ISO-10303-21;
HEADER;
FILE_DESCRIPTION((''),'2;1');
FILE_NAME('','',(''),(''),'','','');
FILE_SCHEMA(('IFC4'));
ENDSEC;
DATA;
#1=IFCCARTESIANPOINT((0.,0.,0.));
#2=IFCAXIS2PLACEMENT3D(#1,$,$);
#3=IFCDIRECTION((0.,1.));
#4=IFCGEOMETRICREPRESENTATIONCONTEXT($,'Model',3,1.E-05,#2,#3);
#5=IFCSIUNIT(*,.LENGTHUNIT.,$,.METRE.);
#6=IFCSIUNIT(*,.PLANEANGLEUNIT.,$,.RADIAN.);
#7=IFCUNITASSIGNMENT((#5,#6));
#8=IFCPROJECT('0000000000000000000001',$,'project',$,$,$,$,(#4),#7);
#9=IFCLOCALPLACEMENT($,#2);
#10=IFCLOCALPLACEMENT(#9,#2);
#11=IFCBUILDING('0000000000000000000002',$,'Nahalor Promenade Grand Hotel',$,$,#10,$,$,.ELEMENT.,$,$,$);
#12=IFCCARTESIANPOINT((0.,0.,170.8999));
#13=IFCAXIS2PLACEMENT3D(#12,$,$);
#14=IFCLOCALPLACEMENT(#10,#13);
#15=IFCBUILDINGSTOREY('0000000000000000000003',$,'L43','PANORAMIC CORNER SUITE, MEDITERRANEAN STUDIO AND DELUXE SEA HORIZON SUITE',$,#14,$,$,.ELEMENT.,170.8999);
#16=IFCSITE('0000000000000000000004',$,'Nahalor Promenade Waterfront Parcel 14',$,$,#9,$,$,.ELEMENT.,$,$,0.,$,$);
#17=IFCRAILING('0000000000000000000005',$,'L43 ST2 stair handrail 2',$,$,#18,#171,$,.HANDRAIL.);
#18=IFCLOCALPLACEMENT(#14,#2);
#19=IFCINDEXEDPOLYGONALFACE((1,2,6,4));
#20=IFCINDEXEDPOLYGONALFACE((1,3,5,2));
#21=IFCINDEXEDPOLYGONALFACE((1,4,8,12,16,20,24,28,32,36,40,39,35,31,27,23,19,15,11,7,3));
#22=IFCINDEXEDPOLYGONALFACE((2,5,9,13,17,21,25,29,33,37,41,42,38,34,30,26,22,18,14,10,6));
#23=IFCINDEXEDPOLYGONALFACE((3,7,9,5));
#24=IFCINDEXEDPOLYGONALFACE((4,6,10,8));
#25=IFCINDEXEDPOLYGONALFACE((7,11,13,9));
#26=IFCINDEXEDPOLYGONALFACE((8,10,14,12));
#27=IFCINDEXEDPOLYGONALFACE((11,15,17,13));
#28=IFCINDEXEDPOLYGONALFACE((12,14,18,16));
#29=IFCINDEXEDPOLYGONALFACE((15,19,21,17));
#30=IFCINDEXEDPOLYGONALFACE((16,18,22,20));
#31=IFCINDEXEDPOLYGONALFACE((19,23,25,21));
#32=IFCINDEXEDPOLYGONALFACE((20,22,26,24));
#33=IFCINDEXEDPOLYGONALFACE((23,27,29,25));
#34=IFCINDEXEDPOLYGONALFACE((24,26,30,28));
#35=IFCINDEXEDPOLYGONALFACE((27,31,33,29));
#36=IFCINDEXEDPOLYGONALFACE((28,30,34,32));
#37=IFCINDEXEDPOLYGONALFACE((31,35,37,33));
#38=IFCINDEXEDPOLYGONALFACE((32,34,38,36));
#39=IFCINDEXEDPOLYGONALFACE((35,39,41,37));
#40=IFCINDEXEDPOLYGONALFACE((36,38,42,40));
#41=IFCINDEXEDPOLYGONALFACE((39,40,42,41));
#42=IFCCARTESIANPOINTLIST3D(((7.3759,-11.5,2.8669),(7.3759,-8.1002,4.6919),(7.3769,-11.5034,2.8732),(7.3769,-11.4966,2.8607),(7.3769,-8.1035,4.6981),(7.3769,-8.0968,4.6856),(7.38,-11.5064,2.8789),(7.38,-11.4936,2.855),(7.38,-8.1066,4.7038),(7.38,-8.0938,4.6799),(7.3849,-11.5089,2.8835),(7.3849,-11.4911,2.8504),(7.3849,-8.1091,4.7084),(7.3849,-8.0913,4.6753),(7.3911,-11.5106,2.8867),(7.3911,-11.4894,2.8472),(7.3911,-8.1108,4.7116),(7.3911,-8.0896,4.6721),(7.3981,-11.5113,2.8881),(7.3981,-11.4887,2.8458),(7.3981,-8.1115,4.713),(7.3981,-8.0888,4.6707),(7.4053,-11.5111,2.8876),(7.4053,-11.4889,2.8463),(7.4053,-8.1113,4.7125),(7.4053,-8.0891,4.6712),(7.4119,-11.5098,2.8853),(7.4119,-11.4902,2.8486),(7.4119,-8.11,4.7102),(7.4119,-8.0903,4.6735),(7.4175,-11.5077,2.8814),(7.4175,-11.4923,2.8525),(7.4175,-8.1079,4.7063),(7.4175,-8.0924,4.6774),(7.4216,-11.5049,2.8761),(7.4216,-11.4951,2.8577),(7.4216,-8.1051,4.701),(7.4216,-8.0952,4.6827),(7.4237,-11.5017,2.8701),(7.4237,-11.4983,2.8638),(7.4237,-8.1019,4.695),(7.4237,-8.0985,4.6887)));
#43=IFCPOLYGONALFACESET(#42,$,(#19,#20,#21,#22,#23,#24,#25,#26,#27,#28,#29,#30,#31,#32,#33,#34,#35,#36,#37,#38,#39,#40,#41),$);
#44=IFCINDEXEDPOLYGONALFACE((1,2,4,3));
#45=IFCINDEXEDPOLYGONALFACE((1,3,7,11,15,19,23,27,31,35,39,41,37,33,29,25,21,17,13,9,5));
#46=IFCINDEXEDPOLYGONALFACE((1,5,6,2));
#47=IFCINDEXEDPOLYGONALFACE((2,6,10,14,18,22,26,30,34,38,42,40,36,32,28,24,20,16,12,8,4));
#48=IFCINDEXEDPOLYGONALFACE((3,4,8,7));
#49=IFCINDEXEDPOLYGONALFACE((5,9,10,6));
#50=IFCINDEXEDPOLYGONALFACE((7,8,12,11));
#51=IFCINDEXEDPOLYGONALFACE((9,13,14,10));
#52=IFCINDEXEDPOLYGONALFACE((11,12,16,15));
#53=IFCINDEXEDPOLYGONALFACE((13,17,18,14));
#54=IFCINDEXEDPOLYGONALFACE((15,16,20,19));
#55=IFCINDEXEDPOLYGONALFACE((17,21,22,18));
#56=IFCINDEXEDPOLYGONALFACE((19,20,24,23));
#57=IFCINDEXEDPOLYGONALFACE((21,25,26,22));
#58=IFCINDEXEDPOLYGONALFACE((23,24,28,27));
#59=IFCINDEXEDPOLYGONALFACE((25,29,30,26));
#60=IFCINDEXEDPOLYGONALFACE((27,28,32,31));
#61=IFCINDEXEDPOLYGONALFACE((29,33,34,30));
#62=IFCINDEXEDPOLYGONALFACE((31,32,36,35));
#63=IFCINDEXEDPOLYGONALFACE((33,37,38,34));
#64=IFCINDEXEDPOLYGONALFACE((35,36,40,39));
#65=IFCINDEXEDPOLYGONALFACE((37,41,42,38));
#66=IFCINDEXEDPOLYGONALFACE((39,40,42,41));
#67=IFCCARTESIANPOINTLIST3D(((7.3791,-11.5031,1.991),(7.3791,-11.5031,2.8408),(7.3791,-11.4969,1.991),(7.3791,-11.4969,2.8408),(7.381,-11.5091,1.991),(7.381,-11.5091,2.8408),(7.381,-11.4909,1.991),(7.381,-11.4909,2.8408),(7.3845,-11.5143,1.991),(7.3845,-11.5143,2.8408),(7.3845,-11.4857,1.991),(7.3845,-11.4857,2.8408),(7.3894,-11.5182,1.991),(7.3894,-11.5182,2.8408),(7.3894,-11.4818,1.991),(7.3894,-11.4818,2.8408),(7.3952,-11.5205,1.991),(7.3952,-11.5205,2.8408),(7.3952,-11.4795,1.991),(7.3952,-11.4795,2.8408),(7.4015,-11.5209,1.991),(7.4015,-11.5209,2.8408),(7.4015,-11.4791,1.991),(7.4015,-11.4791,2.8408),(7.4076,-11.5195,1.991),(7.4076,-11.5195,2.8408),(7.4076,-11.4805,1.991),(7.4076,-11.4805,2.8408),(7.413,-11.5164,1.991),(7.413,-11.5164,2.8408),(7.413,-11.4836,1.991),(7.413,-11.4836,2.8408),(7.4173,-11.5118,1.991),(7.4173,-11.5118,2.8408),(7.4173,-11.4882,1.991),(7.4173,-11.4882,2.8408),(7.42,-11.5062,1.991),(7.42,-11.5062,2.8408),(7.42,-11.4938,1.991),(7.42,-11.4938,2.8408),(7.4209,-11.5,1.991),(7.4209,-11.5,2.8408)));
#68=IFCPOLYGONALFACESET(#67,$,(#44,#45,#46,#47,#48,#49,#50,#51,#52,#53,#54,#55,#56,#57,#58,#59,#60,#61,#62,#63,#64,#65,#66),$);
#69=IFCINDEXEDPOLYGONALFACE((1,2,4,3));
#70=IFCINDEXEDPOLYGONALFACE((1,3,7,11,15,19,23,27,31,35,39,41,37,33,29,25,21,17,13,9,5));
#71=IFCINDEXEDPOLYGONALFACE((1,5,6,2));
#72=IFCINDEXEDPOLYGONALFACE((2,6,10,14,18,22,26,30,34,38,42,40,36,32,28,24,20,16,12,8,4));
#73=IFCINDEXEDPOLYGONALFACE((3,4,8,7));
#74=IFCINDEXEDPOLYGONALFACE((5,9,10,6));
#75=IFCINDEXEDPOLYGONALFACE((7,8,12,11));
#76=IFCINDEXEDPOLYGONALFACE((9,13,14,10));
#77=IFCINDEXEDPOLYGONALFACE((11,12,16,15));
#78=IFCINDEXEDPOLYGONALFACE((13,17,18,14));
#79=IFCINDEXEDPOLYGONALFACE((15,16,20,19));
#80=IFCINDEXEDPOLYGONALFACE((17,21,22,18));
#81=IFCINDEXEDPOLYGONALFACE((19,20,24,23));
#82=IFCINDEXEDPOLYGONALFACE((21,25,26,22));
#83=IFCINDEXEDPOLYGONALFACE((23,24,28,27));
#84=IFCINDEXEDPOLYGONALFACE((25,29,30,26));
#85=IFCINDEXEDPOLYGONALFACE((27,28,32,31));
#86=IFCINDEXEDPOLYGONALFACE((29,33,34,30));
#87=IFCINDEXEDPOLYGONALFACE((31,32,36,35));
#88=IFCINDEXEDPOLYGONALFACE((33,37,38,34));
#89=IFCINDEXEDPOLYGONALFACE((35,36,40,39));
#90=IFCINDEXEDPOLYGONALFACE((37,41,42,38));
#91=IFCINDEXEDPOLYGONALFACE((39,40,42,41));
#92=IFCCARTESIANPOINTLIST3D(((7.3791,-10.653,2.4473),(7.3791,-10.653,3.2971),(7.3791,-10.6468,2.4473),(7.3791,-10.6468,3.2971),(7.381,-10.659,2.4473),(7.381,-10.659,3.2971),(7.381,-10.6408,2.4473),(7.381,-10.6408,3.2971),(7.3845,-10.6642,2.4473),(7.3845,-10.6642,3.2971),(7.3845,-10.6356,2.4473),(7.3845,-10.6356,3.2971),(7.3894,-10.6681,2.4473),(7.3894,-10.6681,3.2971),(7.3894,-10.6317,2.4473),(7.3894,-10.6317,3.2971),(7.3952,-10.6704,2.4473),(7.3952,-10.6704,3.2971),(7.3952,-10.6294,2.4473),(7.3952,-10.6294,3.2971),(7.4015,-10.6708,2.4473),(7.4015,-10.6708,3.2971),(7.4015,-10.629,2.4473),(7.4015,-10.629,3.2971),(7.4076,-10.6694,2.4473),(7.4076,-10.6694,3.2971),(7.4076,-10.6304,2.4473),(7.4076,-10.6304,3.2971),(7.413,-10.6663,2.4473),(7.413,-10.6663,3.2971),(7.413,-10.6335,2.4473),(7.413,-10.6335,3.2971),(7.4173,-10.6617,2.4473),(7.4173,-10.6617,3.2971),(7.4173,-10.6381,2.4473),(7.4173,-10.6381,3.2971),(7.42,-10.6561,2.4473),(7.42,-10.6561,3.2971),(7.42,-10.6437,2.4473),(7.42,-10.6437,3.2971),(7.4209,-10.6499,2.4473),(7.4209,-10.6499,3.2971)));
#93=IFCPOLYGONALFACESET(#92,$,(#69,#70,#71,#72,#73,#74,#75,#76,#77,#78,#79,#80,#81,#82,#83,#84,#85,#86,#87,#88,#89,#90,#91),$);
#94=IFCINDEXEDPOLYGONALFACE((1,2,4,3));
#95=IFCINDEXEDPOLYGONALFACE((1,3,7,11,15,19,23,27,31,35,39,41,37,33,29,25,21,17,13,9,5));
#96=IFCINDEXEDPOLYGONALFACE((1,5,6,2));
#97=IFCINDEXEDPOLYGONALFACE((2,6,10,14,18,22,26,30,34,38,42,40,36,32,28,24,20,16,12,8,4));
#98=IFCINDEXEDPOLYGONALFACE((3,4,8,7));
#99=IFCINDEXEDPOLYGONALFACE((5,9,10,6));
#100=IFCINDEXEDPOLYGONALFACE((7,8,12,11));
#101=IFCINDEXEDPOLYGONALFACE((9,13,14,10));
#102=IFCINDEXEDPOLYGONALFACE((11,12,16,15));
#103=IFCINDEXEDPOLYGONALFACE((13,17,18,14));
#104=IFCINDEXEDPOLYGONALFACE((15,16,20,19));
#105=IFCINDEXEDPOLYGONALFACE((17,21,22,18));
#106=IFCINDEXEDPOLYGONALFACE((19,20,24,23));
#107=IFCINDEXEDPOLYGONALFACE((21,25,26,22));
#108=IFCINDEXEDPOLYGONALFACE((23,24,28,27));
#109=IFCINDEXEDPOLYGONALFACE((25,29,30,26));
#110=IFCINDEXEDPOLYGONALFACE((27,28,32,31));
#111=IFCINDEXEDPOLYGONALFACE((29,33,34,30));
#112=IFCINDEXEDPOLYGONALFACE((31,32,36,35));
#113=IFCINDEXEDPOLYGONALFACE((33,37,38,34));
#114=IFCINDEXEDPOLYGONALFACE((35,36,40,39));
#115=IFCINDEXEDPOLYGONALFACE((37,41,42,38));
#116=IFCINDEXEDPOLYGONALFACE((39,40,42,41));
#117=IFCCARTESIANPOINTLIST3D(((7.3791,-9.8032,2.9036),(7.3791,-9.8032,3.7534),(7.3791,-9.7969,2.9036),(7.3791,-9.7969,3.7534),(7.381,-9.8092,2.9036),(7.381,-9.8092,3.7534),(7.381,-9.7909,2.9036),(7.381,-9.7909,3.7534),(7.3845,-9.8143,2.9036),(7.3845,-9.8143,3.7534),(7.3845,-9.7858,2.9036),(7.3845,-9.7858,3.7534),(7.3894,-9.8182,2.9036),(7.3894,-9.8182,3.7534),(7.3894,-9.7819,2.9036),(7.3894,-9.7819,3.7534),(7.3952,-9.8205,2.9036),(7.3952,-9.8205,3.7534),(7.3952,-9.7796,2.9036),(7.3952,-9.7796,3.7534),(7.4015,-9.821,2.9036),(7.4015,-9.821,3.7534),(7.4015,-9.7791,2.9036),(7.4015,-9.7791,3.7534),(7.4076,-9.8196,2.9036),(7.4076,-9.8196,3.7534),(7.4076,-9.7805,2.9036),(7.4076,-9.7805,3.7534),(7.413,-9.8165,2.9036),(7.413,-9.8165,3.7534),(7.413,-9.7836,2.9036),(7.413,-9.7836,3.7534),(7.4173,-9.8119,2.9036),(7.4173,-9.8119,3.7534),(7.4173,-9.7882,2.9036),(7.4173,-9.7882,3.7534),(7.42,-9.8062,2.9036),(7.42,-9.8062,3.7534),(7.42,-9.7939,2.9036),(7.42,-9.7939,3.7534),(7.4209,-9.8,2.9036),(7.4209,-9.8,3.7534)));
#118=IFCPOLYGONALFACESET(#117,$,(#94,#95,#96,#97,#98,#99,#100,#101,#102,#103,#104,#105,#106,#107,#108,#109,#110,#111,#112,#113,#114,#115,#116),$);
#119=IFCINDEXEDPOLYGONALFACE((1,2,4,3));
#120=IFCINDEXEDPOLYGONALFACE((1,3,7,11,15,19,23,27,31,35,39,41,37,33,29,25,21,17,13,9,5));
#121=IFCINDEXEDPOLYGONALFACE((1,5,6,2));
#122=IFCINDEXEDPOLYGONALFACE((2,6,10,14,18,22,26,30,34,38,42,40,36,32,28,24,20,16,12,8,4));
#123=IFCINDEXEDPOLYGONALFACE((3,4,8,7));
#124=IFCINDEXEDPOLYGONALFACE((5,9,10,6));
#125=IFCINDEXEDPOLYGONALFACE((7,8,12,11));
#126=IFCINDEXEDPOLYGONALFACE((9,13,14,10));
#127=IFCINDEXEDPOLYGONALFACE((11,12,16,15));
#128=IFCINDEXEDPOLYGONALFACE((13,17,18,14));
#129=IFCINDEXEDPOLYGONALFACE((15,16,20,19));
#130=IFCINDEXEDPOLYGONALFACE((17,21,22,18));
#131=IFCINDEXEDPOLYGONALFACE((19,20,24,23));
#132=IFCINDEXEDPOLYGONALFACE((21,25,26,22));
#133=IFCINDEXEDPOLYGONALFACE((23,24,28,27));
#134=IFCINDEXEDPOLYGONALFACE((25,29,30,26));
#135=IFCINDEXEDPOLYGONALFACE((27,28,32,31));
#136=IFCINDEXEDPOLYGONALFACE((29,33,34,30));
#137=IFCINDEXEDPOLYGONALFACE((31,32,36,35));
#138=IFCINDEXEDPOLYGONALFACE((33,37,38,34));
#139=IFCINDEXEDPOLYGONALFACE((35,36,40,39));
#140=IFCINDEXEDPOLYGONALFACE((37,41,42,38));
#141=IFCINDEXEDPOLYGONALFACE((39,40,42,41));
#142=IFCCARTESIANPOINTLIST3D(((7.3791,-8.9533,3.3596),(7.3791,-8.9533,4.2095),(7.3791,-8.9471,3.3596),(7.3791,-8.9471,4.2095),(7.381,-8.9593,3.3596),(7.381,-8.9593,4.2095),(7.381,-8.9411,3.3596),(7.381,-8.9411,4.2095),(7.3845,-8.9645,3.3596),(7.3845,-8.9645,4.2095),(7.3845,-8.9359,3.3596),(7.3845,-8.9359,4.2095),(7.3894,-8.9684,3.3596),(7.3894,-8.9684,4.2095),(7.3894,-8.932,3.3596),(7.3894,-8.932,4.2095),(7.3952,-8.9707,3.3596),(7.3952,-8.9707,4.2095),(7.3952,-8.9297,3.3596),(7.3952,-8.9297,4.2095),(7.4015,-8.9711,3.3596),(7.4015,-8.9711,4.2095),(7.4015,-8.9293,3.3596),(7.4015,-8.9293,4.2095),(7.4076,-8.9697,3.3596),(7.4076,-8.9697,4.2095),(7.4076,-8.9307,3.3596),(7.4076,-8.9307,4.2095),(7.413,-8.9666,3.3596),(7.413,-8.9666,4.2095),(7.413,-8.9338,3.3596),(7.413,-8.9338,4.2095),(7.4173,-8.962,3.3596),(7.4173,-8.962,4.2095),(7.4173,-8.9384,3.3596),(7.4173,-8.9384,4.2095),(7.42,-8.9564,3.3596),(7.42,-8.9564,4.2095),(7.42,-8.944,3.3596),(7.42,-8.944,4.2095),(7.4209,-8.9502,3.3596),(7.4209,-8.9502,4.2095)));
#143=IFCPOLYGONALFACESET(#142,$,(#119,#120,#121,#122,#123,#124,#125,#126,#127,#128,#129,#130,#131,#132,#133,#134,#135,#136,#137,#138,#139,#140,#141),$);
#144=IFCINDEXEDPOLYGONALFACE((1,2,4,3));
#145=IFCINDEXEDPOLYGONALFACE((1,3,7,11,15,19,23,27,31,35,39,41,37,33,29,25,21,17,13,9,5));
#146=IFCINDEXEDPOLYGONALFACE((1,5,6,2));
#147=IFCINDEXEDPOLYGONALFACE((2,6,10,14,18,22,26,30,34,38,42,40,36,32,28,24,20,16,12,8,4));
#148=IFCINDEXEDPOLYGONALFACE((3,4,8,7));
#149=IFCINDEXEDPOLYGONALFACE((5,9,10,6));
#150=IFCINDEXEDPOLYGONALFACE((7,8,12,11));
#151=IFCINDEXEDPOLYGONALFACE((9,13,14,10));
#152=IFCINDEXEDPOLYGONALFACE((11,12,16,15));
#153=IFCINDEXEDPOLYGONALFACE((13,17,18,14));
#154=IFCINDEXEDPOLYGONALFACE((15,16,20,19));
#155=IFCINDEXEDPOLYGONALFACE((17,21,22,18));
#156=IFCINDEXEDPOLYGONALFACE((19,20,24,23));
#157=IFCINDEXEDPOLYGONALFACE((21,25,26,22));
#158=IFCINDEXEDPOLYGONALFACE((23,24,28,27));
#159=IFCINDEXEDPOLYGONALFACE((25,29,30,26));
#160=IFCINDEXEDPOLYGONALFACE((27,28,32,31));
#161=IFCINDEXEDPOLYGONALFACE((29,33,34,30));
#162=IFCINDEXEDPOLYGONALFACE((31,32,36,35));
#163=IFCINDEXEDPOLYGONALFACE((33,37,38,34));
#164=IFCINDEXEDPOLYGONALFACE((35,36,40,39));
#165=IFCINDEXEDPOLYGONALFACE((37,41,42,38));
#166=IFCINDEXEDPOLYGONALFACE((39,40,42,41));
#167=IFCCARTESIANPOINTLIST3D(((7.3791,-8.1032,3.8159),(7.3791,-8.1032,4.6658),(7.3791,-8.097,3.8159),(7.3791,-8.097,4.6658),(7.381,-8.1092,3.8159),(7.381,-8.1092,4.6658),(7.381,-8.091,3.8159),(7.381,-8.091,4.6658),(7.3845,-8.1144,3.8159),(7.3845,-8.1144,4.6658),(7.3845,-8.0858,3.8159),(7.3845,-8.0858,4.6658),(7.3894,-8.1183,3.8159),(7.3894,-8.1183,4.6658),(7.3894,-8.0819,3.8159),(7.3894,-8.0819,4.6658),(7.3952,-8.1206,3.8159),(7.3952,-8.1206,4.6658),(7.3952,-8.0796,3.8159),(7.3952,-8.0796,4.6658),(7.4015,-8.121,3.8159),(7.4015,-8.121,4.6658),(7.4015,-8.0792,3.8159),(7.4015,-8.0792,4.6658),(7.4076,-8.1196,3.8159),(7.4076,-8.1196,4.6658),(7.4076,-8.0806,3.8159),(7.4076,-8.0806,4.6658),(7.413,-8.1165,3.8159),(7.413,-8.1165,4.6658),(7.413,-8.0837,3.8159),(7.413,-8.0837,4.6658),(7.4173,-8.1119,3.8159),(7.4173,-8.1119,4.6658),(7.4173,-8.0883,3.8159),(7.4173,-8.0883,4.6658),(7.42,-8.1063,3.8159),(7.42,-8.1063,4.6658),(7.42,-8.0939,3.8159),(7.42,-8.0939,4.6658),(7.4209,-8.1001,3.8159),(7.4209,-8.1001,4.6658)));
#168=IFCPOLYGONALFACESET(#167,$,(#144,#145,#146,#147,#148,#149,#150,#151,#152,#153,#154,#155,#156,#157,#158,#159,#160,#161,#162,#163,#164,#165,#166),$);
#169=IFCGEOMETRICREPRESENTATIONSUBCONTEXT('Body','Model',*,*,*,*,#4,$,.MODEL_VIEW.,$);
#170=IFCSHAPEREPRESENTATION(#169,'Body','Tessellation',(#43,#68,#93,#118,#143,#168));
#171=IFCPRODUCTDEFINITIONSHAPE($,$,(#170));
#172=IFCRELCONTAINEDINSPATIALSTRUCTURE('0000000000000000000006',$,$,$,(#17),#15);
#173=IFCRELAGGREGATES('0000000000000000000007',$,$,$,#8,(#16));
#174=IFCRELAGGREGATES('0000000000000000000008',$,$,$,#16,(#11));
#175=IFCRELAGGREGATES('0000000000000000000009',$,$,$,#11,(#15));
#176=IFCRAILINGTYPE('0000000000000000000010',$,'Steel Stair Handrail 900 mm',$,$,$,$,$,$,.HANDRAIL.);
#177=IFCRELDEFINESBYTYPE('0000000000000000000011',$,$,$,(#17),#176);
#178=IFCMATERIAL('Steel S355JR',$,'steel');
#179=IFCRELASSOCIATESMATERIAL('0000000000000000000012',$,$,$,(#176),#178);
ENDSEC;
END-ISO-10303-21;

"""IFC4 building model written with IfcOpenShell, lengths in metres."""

from ifc_helpers import new_model, si_unit, direction, frame, origin, origin_2d, place, context, subcontext, project, spatial, circle, extrude, material, type_object, element, save


model = new_model("IFC4")

# Units and contexts
model_context = context("Model", 3, precision=1e-05, world=origin(), true_north=direction((0.0, 1.0)))
body_context = subcontext(model_context, "Body", "Model", "MODEL_VIEW")
ifc_project = project(units=[si_unit("LENGTHUNIT", "METRE"), si_unit("PLANEANGLEUNIT", "RADIAN")], contexts=[model_context])

# Site, building, storey
site_placement = place(None, origin())
site = spatial("IfcSite", under=ifc_project, at=site_placement, Name="Nahalor Promenade Waterfront Parcel 14", CompositionType="ELEMENT", RefElevation=0.0)
building_placement = place(site_placement, origin())
building = spatial("IfcBuilding", under=site, at=building_placement, Name="Nahalor Promenade Grand Hotel", CompositionType="ELEMENT")
storey_placement = place(building_placement, frame((0.0, 0.0, 170.8999)))
storey = spatial("IfcBuildingStorey", under=building, at=storey_placement, Name="L43", Description="PANORAMIC CORNER SUITE, MEDITERRANEAN STUDIO AND DELUXE SEA HORIZON SUITE", CompositionType="ELEMENT", Elevation=170.8999)

# Shared definitions
ifc_material_1 = material(Name="Steel S355JR", Category="steel")

# Railing
railing_type_1 = type_object("IfcRailingType", Name="Steel Stair Handrail 900 mm", PredefinedType="HANDRAIL", material=ifc_material_1)
railing_1_placement = place(storey_placement, frame((7.3999, -11.5, 1.991)))
element("IfcRailing", 1, at=railing_1_placement, inside=storey, type_object=railing_type_1, Name="L43 ST2 stair handrail 2", PredefinedType="HANDRAIL", context=body_context, shape_type="SweptSolid", body=[
    extrude(circle(Radius=0.024, at=origin_2d()), frame((0.0, 0.0, 0.876), z_axis=(0.0, 0.881094, 0.472941), x_axis=(-1.0, 0.0, 0.0)), (0.0, 0.0, 1.0), 3.8586),
    extrude(circle(Radius=0.021, at=origin_2d()), origin(), (0.0, 0.0, 1.0), 0.8499),
    extrude(circle(Radius=0.021, at=origin_2d()), frame((0.0, 0.8501, 0.4563)), (0.0, 0.0, 1.0), 0.8499),
    extrude(circle(Radius=0.021, at=origin_2d()), frame((0.0, 1.7, 0.9126)), (0.0, 0.0, 1.0), 0.8499),
    extrude(circle(Radius=0.021, at=origin_2d()), frame((0.0, 2.5498, 1.3687)), (0.0, 0.0, 1.0), 0.8499),
    extrude(circle(Radius=0.021, at=origin_2d()), frame((0.0, 3.3999, 1.825)), (0.0, 0.0, 1.0), 0.8499),
])

save(model, "model.ifc")
